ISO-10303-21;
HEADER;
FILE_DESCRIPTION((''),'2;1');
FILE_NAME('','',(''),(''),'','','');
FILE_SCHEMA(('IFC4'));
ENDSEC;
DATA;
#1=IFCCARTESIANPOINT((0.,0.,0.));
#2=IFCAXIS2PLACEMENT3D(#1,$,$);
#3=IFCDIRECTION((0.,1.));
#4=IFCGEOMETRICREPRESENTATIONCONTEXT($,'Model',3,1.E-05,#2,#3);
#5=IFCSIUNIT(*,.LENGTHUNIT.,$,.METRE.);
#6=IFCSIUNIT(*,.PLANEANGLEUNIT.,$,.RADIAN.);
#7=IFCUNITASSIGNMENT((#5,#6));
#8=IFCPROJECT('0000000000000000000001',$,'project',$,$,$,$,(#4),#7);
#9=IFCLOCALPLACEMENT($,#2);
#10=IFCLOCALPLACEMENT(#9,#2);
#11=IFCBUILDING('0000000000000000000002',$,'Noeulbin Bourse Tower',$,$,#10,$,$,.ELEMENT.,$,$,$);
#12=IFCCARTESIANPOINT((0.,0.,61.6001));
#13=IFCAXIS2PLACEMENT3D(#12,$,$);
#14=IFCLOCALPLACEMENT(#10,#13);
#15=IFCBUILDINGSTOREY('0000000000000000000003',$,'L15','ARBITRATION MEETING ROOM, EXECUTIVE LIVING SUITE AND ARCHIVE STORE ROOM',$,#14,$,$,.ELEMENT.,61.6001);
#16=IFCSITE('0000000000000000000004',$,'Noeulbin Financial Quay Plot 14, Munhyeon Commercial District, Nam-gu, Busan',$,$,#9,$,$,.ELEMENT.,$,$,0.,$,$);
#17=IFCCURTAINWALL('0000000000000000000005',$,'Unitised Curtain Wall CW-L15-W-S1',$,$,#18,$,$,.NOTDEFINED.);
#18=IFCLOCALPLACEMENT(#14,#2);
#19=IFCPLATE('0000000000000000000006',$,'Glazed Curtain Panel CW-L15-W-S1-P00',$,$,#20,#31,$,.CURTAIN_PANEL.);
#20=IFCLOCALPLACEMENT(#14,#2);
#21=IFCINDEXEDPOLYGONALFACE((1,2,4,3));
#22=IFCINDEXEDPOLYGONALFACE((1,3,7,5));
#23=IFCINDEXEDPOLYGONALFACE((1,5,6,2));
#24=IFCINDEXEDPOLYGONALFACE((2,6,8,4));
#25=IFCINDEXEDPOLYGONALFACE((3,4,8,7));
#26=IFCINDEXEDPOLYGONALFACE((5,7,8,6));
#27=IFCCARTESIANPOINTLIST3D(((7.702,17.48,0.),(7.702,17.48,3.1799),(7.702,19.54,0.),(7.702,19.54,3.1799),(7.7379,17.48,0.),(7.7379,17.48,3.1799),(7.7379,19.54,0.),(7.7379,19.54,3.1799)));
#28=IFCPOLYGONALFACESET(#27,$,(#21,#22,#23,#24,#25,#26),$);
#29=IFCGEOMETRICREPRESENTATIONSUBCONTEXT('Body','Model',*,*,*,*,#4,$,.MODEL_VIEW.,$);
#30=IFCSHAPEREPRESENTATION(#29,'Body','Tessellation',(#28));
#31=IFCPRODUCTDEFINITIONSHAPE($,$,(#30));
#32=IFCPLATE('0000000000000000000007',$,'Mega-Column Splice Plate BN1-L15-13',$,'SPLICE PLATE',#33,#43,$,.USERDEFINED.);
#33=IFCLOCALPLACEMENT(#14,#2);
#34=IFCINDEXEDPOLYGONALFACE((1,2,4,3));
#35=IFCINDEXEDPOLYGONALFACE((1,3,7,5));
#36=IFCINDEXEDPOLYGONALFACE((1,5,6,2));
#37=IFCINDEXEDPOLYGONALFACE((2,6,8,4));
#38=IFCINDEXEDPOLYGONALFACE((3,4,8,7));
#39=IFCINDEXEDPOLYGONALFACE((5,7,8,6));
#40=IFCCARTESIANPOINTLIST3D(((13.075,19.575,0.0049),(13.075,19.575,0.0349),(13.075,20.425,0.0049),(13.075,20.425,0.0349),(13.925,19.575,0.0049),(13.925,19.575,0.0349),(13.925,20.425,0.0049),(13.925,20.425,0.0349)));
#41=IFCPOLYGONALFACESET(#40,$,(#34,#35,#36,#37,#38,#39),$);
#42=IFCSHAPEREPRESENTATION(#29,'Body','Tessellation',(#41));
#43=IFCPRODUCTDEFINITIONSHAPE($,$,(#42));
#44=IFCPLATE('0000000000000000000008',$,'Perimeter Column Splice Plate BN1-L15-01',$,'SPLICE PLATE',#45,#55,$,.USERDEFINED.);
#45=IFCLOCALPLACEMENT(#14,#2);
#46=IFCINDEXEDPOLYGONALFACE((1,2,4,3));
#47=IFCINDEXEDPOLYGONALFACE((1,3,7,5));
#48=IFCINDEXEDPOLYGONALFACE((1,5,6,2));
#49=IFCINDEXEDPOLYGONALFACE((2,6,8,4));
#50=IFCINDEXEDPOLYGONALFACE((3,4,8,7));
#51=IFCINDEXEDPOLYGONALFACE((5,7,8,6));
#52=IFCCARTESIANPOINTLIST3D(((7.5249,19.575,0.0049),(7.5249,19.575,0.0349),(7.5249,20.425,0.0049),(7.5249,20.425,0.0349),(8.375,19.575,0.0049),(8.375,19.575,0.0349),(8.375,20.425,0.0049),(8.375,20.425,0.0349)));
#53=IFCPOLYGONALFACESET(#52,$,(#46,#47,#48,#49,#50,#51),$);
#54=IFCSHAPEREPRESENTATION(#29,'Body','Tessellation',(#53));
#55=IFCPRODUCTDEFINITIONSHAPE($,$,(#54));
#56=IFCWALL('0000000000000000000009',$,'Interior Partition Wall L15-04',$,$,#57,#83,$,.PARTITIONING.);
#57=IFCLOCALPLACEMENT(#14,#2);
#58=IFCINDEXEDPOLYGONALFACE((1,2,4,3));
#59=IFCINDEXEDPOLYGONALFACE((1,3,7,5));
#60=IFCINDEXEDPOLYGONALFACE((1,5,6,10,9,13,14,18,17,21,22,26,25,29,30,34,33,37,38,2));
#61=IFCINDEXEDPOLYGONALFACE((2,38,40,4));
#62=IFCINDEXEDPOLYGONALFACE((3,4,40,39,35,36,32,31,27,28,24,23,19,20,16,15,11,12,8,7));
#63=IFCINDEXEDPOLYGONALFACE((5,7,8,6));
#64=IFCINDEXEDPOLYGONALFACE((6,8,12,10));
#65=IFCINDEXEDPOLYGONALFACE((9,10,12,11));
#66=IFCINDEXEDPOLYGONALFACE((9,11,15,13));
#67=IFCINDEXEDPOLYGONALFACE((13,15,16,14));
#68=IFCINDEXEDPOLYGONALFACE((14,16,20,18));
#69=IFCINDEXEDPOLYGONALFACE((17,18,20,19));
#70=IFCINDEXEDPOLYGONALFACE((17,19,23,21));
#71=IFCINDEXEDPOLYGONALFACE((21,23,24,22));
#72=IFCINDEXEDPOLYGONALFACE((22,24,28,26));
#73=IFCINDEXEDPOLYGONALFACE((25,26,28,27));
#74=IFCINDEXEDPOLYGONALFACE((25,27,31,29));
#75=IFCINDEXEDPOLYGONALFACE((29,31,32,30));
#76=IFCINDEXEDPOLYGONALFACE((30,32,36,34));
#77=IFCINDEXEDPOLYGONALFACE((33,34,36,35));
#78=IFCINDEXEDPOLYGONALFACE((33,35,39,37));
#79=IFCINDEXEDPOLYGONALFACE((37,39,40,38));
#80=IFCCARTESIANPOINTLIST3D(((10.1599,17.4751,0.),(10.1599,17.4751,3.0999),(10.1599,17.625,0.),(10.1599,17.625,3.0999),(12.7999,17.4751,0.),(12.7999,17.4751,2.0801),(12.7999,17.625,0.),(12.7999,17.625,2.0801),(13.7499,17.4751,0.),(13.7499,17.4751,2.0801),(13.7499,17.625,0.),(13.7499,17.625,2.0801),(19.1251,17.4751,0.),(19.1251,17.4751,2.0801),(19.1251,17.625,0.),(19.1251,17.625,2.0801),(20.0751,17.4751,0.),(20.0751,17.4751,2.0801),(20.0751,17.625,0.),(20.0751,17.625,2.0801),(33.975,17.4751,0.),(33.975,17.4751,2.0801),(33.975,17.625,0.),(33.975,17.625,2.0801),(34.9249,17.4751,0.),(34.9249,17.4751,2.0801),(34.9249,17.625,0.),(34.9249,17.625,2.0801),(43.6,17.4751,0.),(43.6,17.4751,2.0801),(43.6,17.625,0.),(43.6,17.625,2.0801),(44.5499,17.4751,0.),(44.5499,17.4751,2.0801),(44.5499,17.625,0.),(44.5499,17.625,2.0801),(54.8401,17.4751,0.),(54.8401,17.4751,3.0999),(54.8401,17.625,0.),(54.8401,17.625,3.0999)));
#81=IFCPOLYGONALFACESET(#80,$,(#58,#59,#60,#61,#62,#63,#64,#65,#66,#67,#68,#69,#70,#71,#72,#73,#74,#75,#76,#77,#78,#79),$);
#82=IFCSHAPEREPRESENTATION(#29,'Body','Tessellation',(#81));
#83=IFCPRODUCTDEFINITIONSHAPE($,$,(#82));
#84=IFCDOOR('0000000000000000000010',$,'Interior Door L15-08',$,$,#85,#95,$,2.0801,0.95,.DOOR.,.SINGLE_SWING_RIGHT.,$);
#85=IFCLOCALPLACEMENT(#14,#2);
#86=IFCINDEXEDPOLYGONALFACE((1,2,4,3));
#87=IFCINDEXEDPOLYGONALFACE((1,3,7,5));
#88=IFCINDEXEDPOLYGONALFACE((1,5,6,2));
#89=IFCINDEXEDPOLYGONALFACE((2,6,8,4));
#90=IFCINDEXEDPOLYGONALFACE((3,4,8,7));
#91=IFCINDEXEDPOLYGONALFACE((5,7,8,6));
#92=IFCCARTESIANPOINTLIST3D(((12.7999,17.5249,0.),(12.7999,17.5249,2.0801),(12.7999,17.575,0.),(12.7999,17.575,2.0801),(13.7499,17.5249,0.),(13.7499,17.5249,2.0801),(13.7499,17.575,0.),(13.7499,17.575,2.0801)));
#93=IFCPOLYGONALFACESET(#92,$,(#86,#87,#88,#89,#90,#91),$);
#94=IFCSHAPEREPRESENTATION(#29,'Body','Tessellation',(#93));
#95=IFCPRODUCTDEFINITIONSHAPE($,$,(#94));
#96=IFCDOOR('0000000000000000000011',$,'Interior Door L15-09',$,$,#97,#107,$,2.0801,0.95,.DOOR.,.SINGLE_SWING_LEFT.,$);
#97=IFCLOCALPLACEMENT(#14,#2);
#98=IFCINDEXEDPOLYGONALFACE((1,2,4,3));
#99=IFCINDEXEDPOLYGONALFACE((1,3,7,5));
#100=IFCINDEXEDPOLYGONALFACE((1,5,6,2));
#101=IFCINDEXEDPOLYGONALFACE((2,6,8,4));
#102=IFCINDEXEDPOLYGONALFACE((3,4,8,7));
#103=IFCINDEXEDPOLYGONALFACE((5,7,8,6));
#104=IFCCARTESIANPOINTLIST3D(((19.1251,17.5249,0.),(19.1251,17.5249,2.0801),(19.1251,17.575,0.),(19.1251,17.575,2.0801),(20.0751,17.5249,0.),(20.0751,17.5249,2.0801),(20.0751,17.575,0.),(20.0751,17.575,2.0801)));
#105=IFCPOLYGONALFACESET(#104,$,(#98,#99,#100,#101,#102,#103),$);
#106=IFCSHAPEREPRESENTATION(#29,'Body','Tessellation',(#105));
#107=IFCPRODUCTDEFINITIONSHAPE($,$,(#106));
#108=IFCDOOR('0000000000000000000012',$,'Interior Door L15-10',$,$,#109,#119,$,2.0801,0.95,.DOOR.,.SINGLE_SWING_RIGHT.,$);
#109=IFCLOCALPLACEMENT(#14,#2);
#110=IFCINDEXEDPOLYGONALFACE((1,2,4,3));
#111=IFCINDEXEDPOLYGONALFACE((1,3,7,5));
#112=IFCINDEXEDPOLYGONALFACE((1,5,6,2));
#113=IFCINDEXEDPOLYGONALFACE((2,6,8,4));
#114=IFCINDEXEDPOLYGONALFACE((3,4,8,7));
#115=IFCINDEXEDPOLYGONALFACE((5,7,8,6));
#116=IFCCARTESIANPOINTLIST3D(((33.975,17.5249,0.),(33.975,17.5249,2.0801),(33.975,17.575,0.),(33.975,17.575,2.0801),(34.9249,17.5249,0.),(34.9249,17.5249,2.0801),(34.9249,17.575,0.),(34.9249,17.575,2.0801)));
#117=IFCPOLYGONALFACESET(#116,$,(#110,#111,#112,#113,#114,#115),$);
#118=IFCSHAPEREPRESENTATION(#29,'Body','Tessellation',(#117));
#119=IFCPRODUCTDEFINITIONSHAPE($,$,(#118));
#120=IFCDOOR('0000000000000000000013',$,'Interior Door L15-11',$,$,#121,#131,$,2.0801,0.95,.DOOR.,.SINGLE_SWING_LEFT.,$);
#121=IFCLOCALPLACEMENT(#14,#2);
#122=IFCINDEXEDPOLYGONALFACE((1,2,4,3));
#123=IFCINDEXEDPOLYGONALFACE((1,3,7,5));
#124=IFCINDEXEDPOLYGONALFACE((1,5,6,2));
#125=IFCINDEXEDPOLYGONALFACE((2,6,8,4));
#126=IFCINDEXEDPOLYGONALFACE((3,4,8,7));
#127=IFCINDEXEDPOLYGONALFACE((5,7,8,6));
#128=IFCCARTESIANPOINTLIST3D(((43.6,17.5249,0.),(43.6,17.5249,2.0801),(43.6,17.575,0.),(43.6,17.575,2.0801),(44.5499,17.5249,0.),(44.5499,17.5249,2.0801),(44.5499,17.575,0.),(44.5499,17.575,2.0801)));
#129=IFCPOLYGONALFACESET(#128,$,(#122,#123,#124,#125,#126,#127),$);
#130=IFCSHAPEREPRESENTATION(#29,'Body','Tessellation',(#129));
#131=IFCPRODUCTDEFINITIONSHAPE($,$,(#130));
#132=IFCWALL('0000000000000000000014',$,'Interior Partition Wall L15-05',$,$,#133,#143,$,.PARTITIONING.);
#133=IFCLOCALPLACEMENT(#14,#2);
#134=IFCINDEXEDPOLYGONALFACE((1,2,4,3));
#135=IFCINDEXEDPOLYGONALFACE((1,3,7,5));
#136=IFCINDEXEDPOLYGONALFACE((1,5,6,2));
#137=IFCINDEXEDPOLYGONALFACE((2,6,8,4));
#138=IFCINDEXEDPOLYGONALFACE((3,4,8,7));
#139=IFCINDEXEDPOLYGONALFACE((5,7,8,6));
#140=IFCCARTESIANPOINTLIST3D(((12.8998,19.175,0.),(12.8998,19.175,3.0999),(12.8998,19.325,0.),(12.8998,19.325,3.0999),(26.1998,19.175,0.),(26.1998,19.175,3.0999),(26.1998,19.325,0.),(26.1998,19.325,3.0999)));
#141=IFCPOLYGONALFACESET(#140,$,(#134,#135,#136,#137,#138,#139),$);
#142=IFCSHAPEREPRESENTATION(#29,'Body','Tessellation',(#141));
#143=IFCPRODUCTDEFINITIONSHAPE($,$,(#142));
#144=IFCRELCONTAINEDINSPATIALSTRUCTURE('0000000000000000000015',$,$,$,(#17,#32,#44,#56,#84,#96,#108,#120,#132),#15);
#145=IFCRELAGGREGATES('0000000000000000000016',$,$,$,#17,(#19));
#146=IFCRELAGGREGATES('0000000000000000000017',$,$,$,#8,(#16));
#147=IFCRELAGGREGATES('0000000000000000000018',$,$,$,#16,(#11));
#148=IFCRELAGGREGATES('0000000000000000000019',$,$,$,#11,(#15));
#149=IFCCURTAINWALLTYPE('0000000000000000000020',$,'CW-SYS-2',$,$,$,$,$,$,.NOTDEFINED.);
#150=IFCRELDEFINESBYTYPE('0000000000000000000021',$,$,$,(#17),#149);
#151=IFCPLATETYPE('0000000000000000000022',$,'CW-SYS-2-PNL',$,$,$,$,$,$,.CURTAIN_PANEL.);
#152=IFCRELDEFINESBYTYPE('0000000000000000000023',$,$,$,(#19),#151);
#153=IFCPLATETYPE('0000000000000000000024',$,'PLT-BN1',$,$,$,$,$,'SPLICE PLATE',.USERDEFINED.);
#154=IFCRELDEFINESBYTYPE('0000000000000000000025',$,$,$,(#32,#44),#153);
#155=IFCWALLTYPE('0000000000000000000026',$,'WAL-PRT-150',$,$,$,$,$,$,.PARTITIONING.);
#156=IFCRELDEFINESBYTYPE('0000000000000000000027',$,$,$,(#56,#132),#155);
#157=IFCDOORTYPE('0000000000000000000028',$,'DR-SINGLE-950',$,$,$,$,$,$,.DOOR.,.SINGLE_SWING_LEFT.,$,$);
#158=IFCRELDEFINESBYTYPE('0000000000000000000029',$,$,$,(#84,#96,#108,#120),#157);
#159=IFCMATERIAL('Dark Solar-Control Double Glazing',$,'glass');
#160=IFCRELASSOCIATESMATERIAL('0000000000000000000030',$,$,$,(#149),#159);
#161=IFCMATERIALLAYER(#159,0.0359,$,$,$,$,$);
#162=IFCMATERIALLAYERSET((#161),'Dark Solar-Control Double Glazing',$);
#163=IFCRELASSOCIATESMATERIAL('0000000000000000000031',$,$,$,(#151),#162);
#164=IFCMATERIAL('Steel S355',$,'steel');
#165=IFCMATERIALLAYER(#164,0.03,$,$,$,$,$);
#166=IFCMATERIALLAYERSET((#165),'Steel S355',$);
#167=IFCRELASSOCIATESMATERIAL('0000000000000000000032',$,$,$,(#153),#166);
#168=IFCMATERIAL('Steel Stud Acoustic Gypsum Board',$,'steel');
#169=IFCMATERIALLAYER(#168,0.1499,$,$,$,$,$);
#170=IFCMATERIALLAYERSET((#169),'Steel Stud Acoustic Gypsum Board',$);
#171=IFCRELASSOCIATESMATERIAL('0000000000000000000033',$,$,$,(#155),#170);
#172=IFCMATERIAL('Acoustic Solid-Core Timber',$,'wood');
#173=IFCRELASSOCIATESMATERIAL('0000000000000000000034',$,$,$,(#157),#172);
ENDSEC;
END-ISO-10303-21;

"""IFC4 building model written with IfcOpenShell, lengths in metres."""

from ifc_helpers import new_model, si_unit, direction, frame, frame_2d, origin, origin_2d, place, context, subcontext, project, spatial, rectangle, extrude, material, layer, layer_set, type_object, element, fill, aggregate, save


model = new_model("IFC4")

# Units and contexts
model_context = context("Model", 3, precision=1e-05, world=origin(), true_north=direction((0.0, 1.0)))
body_context = subcontext(model_context, "Body", "Model", "MODEL_VIEW")
ifc_project = project(units=[si_unit("LENGTHUNIT", "METRE"), si_unit("PLANEANGLEUNIT", "RADIAN")], contexts=[model_context])

# Site, building, storey
site_placement = place(None, origin())
site = spatial("IfcSite", under=ifc_project, at=site_placement, Name="Noeulbin Financial Quay Plot 14, Munhyeon Commercial District, Nam-gu, Busan", CompositionType="ELEMENT", RefElevation=0.0)
building_placement = place(site_placement, origin())
building = spatial("IfcBuilding", under=site, at=building_placement, Name="Noeulbin Bourse Tower", CompositionType="ELEMENT")
storey_placement = place(building_placement, frame((0.0, 0.0, 61.6001)))
storey = spatial("IfcBuildingStorey", under=building, at=storey_placement, Name="L15", Description="ARBITRATION MEETING ROOM, EXECUTIVE LIVING SUITE AND ARCHIVE STORE ROOM", CompositionType="ELEMENT", Elevation=61.6001)

# Shared definitions
ifc_material_1 = material(Name="Steel S355", Category="steel")

# Curtain wall, plate
ifc_material_2 = material(Name="Dark Solar-Control Double Glazing", Category="glass")
curtain_wall_type = type_object("IfcCurtainWallType", Name="CW-SYS-2", PredefinedType="NOTDEFINED", material=ifc_material_2)
curtain_wall_placement = place(storey_placement, origin())
curtain_wall = element("IfcCurtainWall", 1, at=curtain_wall_placement, inside=storey, type_object=curtain_wall_type, Name="Unitised Curtain Wall CW-L15-W-S1", PredefinedType="NOTDEFINED")
ifc_layer_1 = layer(ifc_material_2, 0.0359)
ifc_layer_set_1 = layer_set([ifc_layer_1], Name="Dark Solar-Control Double Glazing")
plate_type_1 = type_object("IfcPlateType", Name="CW-SYS-2-PNL", PredefinedType="CURTAIN_PANEL", material=ifc_layer_set_1)
plate_placement = place(storey_placement, frame((7.72, 18.51, 0.0), z_axis=(0.0, 0.0, 1.0), x_axis=(0.0, 1.0, 0.0)))
plate = element("IfcPlate", 2, at=plate_placement, type_object=plate_type_1, Name="Glazed Curtain Panel CW-L15-W-S1-P00", PredefinedType="CURTAIN_PANEL", context=body_context, shape_type="SweptSolid", body=[
    extrude(rectangle(XDim=2.0601, YDim=0.0359, at=origin_2d()), origin(), (0.0, 0.0, 1.0), 3.1799),
])
aggregate(curtain_wall, [plate])

# Plates
ifc_layer_2 = layer(ifc_material_1, 0.03)
ifc_layer_set_2 = layer_set([ifc_layer_2], Name="Steel S355")
plate_type_2 = type_object("IfcPlateType", Name="PLT-BN1", ElementType="SPLICE PLATE", PredefinedType="USERDEFINED", material=ifc_layer_set_2)
for number, where, z_axis, x_axis, name in (
    (3, (13.5, 20.0, 0.0049), (0.0, 0.0, 1.0), (1.0, 0.0, 0.0), "Mega-Column Splice Plate BN1-L15-13"),
    (4, (7.95, 20.0, 0.0049), (0.0, 0.0, 1.0), (1.0, 0.0, 0.0), "Perimeter Column Splice Plate BN1-L15-01"),
):
    element("IfcPlate", number, at=place(storey_placement, frame(where, z_axis=z_axis, x_axis=x_axis)), inside=storey, type_object=plate_type_2, Name=name, ObjectType="SPLICE PLATE", PredefinedType="USERDEFINED", context=body_context, shape_type="SweptSolid", body=[
        extrude(rectangle(XDim=0.8501, YDim=0.8501, at=origin_2d()), origin(), (0.0, 0.0, 1.0), 0.03),
    ])

# Wall, openings, doors
ifc_material_3 = material(Name="Steel Stud Acoustic Gypsum Board", Category="steel")
ifc_layer_3 = layer(ifc_material_3, 0.1499)
ifc_layer_set_3 = layer_set([ifc_layer_3], Name="Steel Stud Acoustic Gypsum Board")
wall_type = type_object("IfcWallType", Name="WAL-PRT-150", PredefinedType="PARTITIONING", material=ifc_layer_set_3)
wall_1_placement = place(storey_placement, frame((10.1599, 17.55, 0.0), z_axis=(0.0, 0.0, 1.0), x_axis=(1.0, 0.0, 0.0)))
wall_1 = element("IfcWall", 5, at=wall_1_placement, inside=storey, type_object=wall_type, Name="Interior Partition Wall L15-04", PredefinedType="PARTITIONING", context=body_context, shape_type="SweptSolid", body=[
    extrude(rectangle(XDim=44.6802, YDim=0.1499, at=frame_2d((22.3401, 0.0))), origin(), (0.0, 0.0, 1.0), 3.0999),
])
opening_1_placement = place(wall_1_placement, frame((2.6399, 0.0, 0.0)))
opening_1 = element("IfcOpeningElement", 6, at=opening_1_placement, cuts=wall_1, PredefinedType="OPENING", context=body_context, shape_type="SweptSolid", body=[
    extrude(rectangle(XDim=0.95, YDim=2.0801, at=frame_2d((0.4751, 1.04))), frame((0.0, 0.085, 0.0), z_axis=(0.0, -1.0, 0.0), x_axis=(1.0, 0.0, 0.0)), (0.0, 0.0, 1.0), 0.1699),
])
opening_2_placement = place(wall_1_placement, frame((8.9651, 0.0, 0.0)))
opening_2 = element("IfcOpeningElement", 7, at=opening_2_placement, cuts=wall_1, PredefinedType="OPENING", context=body_context, shape_type="SweptSolid", body=[
    extrude(rectangle(XDim=0.95, YDim=2.0801, at=frame_2d((0.4751, 1.04))), frame((0.0, 0.085, 0.0), z_axis=(0.0, -1.0, 0.0), x_axis=(1.0, 0.0, 0.0)), (0.0, 0.0, 1.0), 0.1699),
])
opening_3_placement = place(wall_1_placement, frame((23.8149, 0.0, 0.0)))
opening_3 = element("IfcOpeningElement", 8, at=opening_3_placement, cuts=wall_1, PredefinedType="OPENING", context=body_context, shape_type="SweptSolid", body=[
    extrude(rectangle(XDim=0.95, YDim=2.0801, at=frame_2d((0.4751, 1.04))), frame((0.0, 0.085, 0.0), z_axis=(0.0, -1.0, 0.0), x_axis=(1.0, 0.0, 0.0)), (0.0, 0.0, 1.0), 0.1699),
])
opening_4_placement = place(wall_1_placement, frame((33.4399, 0.0, 0.0)))
opening_4 = element("IfcOpeningElement", 9, at=opening_4_placement, cuts=wall_1, PredefinedType="OPENING", context=body_context, shape_type="SweptSolid", body=[
    extrude(rectangle(XDim=0.95, YDim=2.0801, at=frame_2d((0.4751, 1.04))), frame((0.0, 0.085, 0.0), z_axis=(0.0, -1.0, 0.0), x_axis=(1.0, 0.0, 0.0)), (0.0, 0.0, 1.0), 0.1699),
])
ifc_material_4 = material(Name="Acoustic Solid-Core Timber", Category="wood")
door_type = type_object("IfcDoorType", Name="DR-SINGLE-950", OperationType="SINGLE_SWING_LEFT", PredefinedType="DOOR", material=ifc_material_4)
door_1_placement = place(opening_1_placement, origin())
door_1 = element("IfcDoor", 10, at=door_1_placement, inside=storey, type_object=door_type, Name="Interior Door L15-08", OperationType="SINGLE_SWING_RIGHT", OverallHeight=2.0801, OverallWidth=0.95, PredefinedType="DOOR", context=body_context, shape_type="SweptSolid", body=[
    extrude(rectangle(XDim=0.95, YDim=2.0801, at=frame_2d((0.4751, 1.04))), frame((0.0, 0.0249, 0.0), z_axis=(0.0, -1.0, 0.0), x_axis=(1.0, 0.0, 0.0)), (0.0, 0.0, 1.0), 0.05),
])
fill(opening_1, door_1)
door_2_placement = place(opening_2_placement, origin())
door_2 = element("IfcDoor", 11, at=door_2_placement, inside=storey, type_object=door_type, Name="Interior Door L15-09", OperationType="SINGLE_SWING_LEFT", OverallHeight=2.0801, OverallWidth=0.95, PredefinedType="DOOR", context=body_context, shape_type="SweptSolid", body=[
    extrude(rectangle(XDim=0.95, YDim=2.0801, at=frame_2d((0.4751, 1.04))), frame((0.0, 0.0249, 0.0), z_axis=(0.0, -1.0, 0.0), x_axis=(1.0, 0.0, 0.0)), (0.0, 0.0, 1.0), 0.05),
])
fill(opening_2, door_2)
door_3_placement = place(opening_3_placement, origin())
door_3 = element("IfcDoor", 12, at=door_3_placement, inside=storey, type_object=door_type, Name="Interior Door L15-10", OperationType="SINGLE_SWING_RIGHT", OverallHeight=2.0801, OverallWidth=0.95, PredefinedType="DOOR", context=body_context, shape_type="SweptSolid", body=[
    extrude(rectangle(XDim=0.95, YDim=2.0801, at=frame_2d((0.4751, 1.04))), frame((0.0, 0.0249, 0.0), z_axis=(0.0, -1.0, 0.0), x_axis=(1.0, 0.0, 0.0)), (0.0, 0.0, 1.0), 0.05),
])
fill(opening_3, door_3)
door_4_placement = place(opening_4_placement, origin())
door_4 = element("IfcDoor", 13, at=door_4_placement, inside=storey, type_object=door_type, Name="Interior Door L15-11", OperationType="SINGLE_SWING_LEFT", OverallHeight=2.0801, OverallWidth=0.95, PredefinedType="DOOR", context=body_context, shape_type="SweptSolid", body=[
    extrude(rectangle(XDim=0.95, YDim=2.0801, at=frame_2d((0.4751, 1.04))), frame((0.0, 0.0249, 0.0), z_axis=(0.0, -1.0, 0.0), x_axis=(1.0, 0.0, 0.0)), (0.0, 0.0, 1.0), 0.05),
])
fill(opening_4, door_4)

# Wall
wall_2_placement = place(storey_placement, frame((12.8999, 19.25, 0.0), z_axis=(0.0, 0.0, 1.0), x_axis=(1.0, 0.0, 0.0)))
element("IfcWall", 14, at=wall_2_placement, inside=storey, type_object=wall_type, Name="Interior Partition Wall L15-05", PredefinedType="PARTITIONING", context=body_context, shape_type="SweptSolid", body=[
    extrude(rectangle(XDim=13.3, YDim=0.1499, at=frame_2d((6.6499, 0.0))), origin(), (0.0, 0.0, 1.0), 3.0999),
])

save(model, "model.ifc")
